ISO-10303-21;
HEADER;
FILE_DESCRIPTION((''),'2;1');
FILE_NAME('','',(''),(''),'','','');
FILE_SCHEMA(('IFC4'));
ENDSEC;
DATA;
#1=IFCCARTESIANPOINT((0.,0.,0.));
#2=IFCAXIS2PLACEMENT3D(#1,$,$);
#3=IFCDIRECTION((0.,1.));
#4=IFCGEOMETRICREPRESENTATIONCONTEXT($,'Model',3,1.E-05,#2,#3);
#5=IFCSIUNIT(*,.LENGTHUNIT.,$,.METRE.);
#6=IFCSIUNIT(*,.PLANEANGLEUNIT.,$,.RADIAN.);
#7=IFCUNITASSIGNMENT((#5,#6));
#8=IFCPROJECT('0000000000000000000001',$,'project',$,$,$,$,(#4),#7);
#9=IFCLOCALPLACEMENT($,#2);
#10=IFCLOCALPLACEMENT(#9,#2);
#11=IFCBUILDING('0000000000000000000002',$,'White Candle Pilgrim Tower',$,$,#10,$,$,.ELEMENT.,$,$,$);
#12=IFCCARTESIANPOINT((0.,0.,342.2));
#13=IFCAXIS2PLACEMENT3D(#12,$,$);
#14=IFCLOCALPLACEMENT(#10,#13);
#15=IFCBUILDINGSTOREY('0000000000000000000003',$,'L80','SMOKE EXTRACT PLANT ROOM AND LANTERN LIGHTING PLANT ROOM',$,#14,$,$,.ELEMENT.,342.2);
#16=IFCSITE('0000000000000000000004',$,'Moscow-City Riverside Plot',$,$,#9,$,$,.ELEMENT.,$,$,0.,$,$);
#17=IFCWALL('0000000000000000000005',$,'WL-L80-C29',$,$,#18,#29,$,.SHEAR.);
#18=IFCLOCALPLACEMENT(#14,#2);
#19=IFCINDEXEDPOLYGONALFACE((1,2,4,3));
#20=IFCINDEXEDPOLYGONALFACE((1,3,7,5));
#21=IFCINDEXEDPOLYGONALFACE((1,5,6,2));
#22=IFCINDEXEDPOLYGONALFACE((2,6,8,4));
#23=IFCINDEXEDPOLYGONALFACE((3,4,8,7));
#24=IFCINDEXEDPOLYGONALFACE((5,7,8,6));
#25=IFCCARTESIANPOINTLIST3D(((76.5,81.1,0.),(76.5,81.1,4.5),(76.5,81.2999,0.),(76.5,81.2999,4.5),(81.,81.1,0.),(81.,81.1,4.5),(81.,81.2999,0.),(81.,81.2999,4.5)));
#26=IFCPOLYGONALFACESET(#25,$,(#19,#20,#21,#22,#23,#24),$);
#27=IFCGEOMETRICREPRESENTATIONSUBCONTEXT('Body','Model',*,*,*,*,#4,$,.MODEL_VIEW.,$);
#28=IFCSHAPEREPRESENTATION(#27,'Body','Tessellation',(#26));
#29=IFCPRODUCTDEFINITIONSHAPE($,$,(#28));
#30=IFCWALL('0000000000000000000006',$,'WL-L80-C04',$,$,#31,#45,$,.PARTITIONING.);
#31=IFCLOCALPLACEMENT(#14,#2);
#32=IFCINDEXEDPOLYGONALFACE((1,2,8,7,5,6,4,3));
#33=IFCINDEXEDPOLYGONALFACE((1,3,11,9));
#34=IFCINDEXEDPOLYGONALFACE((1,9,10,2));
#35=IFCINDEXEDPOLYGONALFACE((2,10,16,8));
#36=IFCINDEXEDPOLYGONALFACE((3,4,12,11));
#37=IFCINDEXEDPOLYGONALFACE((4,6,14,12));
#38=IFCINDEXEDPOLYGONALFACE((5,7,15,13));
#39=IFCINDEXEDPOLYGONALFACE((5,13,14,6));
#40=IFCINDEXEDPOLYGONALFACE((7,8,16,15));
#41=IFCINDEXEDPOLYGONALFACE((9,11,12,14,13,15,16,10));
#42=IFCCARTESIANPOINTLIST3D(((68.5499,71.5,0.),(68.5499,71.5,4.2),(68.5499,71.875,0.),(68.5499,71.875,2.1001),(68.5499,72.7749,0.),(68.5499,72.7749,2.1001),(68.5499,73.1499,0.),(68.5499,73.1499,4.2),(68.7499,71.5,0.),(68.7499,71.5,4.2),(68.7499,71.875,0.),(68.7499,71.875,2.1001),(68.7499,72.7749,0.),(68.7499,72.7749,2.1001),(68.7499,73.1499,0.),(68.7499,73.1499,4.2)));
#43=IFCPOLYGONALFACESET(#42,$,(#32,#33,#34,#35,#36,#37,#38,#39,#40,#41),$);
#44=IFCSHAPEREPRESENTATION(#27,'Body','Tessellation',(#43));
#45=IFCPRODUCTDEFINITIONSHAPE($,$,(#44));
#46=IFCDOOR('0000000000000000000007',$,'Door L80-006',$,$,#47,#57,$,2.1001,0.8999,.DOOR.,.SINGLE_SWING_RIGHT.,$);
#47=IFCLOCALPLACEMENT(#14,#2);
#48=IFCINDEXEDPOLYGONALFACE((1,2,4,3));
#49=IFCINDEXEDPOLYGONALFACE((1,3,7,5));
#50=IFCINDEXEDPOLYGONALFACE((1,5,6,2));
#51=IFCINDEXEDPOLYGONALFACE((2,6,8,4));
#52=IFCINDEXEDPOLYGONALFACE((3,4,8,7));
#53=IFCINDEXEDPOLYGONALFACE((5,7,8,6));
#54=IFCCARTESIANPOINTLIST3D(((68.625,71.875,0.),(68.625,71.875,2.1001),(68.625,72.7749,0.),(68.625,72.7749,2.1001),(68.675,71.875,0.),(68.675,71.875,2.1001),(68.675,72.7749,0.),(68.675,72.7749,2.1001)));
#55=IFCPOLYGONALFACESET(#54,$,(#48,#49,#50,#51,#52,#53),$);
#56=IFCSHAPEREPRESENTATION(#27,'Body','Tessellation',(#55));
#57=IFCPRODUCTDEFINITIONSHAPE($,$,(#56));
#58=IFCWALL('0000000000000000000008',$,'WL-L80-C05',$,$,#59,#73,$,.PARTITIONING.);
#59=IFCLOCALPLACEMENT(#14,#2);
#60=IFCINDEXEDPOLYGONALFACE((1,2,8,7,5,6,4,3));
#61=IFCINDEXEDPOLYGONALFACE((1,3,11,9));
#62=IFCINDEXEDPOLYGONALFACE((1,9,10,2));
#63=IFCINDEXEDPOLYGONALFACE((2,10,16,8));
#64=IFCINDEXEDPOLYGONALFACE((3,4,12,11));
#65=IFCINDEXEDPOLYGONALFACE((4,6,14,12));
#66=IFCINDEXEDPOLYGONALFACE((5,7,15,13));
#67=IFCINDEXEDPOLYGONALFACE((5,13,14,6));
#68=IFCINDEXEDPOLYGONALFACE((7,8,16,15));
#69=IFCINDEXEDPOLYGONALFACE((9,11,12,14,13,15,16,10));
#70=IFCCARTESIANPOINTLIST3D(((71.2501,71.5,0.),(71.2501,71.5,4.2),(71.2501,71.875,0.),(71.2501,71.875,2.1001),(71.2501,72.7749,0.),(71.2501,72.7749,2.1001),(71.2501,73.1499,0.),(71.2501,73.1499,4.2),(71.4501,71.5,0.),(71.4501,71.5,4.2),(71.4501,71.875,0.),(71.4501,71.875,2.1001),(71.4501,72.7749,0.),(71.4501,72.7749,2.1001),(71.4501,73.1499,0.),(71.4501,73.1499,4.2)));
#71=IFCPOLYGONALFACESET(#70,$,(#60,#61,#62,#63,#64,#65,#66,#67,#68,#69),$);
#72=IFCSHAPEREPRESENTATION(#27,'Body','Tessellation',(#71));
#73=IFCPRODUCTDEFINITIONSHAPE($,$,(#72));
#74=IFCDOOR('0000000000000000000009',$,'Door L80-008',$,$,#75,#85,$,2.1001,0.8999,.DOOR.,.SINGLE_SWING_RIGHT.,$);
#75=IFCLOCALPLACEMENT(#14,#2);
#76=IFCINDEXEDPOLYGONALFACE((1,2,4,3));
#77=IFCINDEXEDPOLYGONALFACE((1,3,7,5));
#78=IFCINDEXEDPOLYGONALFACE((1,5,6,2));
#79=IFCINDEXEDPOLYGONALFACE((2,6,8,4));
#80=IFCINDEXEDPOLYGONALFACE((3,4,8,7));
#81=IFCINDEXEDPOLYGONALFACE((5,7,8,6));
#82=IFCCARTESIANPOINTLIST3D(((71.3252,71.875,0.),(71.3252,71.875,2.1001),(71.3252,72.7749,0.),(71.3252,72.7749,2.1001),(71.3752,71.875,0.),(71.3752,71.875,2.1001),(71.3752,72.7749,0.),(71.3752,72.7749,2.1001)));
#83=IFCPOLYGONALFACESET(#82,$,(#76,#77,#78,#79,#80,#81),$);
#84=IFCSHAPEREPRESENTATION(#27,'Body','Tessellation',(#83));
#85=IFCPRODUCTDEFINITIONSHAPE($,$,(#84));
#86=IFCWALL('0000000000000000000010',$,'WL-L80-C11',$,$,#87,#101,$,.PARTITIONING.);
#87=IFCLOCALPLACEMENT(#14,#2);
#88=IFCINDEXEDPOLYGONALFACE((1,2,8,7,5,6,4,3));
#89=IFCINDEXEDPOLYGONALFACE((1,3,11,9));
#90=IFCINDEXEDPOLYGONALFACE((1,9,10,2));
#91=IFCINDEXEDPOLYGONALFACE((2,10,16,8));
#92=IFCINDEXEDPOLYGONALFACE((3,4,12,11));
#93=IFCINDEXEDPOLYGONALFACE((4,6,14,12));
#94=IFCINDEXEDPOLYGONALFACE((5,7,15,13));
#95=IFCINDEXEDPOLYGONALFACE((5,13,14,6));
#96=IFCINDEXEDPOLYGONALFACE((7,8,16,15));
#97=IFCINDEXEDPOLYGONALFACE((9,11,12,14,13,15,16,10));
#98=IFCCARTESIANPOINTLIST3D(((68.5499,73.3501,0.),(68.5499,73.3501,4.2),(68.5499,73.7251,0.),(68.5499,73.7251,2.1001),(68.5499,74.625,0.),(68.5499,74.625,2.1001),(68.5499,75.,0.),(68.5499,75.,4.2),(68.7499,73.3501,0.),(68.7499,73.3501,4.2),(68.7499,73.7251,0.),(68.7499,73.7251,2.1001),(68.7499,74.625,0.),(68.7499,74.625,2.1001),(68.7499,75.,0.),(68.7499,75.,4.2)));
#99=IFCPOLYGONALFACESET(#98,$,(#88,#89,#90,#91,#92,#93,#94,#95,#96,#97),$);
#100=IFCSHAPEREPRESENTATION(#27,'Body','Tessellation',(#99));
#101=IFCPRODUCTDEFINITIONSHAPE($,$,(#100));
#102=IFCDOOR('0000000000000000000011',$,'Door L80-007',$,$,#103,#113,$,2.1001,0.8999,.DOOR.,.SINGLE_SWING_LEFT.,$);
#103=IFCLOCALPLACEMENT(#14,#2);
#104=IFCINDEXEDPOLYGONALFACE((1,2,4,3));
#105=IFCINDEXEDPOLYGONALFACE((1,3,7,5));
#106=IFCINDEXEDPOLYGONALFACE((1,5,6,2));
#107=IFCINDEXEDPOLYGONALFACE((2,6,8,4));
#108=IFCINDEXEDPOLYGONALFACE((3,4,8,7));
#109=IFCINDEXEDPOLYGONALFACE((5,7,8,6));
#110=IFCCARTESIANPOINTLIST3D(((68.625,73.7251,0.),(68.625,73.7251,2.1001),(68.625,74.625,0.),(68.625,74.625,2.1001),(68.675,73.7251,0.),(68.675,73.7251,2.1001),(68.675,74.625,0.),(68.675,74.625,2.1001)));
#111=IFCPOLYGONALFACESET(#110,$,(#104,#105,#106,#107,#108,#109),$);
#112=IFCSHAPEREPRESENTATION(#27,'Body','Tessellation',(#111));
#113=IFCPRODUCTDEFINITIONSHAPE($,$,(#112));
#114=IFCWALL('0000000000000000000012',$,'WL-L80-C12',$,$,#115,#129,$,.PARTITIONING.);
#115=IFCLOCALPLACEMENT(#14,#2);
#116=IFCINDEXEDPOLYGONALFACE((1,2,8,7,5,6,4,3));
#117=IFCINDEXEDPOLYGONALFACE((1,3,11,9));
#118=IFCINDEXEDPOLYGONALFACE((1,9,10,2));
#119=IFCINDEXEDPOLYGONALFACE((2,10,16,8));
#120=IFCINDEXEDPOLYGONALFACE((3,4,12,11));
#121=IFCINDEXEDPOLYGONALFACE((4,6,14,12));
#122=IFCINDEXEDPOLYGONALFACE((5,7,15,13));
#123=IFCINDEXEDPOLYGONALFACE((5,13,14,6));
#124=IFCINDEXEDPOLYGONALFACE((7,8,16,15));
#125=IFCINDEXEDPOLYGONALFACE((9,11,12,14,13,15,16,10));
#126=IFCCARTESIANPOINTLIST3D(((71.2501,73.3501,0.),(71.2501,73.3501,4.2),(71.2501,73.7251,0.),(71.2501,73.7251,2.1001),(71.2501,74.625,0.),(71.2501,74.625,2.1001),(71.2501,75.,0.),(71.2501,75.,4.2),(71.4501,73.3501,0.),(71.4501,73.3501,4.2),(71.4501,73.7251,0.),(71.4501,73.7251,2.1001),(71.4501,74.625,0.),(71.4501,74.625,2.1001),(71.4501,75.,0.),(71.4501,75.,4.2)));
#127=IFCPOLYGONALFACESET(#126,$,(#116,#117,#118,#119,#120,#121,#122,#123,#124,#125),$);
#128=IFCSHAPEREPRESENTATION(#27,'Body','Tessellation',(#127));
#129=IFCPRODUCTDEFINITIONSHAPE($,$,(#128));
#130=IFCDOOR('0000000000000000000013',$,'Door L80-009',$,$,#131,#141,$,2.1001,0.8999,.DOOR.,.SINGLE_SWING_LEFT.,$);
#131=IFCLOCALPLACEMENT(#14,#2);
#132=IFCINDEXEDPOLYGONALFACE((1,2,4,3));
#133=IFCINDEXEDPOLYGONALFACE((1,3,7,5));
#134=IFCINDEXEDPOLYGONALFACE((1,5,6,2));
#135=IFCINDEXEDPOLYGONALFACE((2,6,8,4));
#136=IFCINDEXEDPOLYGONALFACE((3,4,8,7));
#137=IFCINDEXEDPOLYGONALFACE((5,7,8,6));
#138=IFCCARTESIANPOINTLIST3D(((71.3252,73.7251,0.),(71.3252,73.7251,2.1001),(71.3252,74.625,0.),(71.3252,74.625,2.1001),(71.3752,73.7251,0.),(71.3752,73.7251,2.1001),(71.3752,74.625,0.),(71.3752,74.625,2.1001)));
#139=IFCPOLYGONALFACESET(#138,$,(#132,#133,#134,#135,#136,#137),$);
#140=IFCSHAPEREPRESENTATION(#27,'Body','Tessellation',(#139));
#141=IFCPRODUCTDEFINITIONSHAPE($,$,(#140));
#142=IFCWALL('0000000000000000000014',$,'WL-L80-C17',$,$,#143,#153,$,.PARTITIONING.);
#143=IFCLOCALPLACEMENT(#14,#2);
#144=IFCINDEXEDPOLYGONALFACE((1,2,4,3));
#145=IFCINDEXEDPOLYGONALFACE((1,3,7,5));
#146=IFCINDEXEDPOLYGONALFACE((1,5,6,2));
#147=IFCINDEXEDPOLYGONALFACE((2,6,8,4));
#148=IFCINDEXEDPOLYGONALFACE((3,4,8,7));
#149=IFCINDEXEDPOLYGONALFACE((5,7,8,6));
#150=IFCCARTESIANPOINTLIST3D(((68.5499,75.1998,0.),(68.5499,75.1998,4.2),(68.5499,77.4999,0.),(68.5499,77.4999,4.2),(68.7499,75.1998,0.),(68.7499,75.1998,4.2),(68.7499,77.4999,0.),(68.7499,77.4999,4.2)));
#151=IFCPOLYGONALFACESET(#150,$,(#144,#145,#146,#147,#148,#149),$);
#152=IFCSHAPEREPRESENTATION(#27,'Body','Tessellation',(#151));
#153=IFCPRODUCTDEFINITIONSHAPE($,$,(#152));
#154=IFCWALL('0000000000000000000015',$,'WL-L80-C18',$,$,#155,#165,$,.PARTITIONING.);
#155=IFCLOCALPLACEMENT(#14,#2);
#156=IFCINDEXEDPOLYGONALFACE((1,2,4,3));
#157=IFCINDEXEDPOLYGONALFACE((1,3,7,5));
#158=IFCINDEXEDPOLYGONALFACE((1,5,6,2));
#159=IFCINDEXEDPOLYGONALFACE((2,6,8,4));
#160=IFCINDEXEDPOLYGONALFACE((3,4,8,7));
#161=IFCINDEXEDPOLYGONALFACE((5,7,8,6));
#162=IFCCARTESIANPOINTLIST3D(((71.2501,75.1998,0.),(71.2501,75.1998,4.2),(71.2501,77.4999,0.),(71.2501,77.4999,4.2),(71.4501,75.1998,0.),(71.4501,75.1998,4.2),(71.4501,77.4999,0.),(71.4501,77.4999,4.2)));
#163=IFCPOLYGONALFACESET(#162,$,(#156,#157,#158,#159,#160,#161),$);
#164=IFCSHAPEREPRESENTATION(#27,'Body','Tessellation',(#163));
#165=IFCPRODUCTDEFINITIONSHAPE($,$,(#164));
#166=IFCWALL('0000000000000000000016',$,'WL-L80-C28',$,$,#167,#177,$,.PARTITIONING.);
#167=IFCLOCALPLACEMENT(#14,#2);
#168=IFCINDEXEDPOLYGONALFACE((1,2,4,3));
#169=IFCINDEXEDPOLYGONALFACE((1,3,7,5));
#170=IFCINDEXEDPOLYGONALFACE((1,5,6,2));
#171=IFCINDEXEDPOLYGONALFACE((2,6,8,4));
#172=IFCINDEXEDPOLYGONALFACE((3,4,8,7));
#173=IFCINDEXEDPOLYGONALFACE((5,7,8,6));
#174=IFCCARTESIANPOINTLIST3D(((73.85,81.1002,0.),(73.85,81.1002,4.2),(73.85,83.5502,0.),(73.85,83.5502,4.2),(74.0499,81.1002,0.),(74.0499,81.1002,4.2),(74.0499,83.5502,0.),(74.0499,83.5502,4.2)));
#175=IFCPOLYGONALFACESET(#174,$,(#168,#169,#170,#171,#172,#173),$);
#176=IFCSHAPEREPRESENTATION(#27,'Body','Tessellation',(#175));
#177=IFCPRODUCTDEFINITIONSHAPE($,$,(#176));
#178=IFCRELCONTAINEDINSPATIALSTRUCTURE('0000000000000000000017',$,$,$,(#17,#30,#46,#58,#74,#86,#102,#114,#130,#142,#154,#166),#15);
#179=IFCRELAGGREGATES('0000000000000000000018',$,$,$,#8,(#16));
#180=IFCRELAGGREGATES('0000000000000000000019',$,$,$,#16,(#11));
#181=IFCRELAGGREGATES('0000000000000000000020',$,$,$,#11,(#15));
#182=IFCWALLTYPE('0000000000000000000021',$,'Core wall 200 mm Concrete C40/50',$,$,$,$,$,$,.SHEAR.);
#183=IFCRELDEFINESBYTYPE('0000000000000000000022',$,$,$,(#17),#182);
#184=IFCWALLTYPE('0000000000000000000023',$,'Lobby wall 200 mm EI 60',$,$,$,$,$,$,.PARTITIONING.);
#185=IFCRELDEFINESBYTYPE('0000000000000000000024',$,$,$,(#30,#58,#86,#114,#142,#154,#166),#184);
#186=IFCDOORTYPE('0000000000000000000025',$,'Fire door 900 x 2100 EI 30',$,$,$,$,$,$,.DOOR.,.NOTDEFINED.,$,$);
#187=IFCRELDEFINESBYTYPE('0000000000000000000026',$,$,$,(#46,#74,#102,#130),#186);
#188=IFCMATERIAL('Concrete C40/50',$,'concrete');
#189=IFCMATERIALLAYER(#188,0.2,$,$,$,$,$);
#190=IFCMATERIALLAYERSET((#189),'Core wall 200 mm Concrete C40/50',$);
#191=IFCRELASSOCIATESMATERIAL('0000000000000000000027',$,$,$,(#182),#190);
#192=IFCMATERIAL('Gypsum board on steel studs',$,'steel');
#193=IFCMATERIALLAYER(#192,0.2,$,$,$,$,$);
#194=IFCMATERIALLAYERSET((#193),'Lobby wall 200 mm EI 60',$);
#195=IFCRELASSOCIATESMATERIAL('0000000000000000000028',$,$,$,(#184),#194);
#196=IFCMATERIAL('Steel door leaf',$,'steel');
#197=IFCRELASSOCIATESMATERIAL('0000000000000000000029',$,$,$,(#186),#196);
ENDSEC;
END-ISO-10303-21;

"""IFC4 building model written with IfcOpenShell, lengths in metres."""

from ifc_helpers import new_model, si_unit, direction, frame, frame_2d, origin, place, context, subcontext, project, spatial, rectangle, extrude, material, layer, layer_set, type_object, element, fill, save


model = new_model("IFC4")

# Units and contexts
model_context = context("Model", 3, precision=1e-05, world=origin(), true_north=direction((0.0, 1.0)))
body_context = subcontext(model_context, "Body", "Model", "MODEL_VIEW")
ifc_project = project(units=[si_unit("LENGTHUNIT", "METRE"), si_unit("PLANEANGLEUNIT", "RADIAN")], contexts=[model_context])

# Site, building, storey
site_placement = place(None, origin())
site = spatial("IfcSite", under=ifc_project, at=site_placement, Name="Moscow-City Riverside Plot", CompositionType="ELEMENT", RefElevation=0.0)
building_placement = place(site_placement, origin())
building = spatial("IfcBuilding", under=site, at=building_placement, Name="White Candle Pilgrim Tower", CompositionType="ELEMENT")
storey_placement = place(building_placement, frame((0.0, 0.0, 342.2)))
storey = spatial("IfcBuildingStorey", under=building, at=storey_placement, Name="L80", Description="SMOKE EXTRACT PLANT ROOM AND LANTERN LIGHTING PLANT ROOM", CompositionType="ELEMENT", Elevation=342.2)

# Wall
ifc_material_1 = material(Name="Concrete C40/50", Category="concrete")
ifc_layer_1 = layer(ifc_material_1, 0.2)
ifc_layer_set_1 = layer_set([ifc_layer_1], Name="Core wall 200 mm Concrete C40/50")
wall_type_1 = type_object("IfcWallType", Name="Core wall 200 mm Concrete C40/50", PredefinedType="SHEAR", material=ifc_layer_set_1)
wall_1_placement = place(storey_placement, frame((76.5, 81.2, 0.0), z_axis=(0.0, 0.0, 1.0), x_axis=(1.0, 0.0, 0.0)))
element("IfcWall", 1, at=wall_1_placement, inside=storey, type_object=wall_type_1, Name="WL-L80-C29", PredefinedType="SHEAR", context=body_context, shape_type="SweptSolid", body=[
    extrude(rectangle(XDim=4.5, YDim=0.2, at=frame_2d((2.25, 0.0))), origin(), (0.0, 0.0, 1.0), 4.5),
])

# Walls, openings, doors
ifc_material_2 = material(Name="Gypsum board on steel studs", Category="steel")
ifc_layer_2 = layer(ifc_material_2, 0.2)
ifc_layer_set_2 = layer_set([ifc_layer_2], Name="Lobby wall 200 mm EI 60")
wall_type_2 = type_object("IfcWallType", Name="Lobby wall 200 mm EI 60", PredefinedType="PARTITIONING", material=ifc_layer_set_2)
wall_2_placement = place(storey_placement, frame((68.6499, 71.5, 0.0), z_axis=(0.0, 0.0, 1.0), x_axis=(0.0, 1.0, 0.0)))
wall_2 = element("IfcWall", 2, at=wall_2_placement, inside=storey, type_object=wall_type_2, Name="WL-L80-C04", PredefinedType="PARTITIONING", context=body_context, shape_type="SweptSolid", body=[
    extrude(rectangle(XDim=1.6499, YDim=0.2, at=frame_2d((0.825, 0.0))), origin(), (0.0, 0.0, 1.0), 4.2),
])
opening_1_placement = place(wall_2_placement, frame((0.375, 0.0, 0.0)))
opening_1 = element("IfcOpeningElement", 3, at=opening_1_placement, cuts=wall_2, PredefinedType="OPENING", context=body_context, shape_type="SweptSolid", body=[
    extrude(rectangle(XDim=0.8999, YDim=2.1001, at=frame_2d((0.45, 1.05))), frame((0.0, 0.1099, 0.0), z_axis=(0.0, -1.0, 0.0), x_axis=(1.0, 0.0, 0.0)), (0.0, 0.0, 1.0), 0.22),
])
ifc_material_3 = material(Name="Steel door leaf", Category="steel")
door_type_1 = type_object("IfcDoorType", Name="Fire door 900 x 2100 EI 30", OperationType="NOTDEFINED", PredefinedType="DOOR", material=ifc_material_3)
door_1_placement = place(opening_1_placement, origin())
door_1 = element("IfcDoor", 4, at=door_1_placement, inside=storey, type_object=door_type_1, Name="Door L80-006", OperationType="SINGLE_SWING_RIGHT", OverallHeight=2.1001, OverallWidth=0.8999, PredefinedType="DOOR", context=body_context, shape_type="SweptSolid", body=[
    extrude(rectangle(XDim=0.8999, YDim=2.1001, at=frame_2d((0.45, 1.05))), frame((0.0, 0.0249, 0.0), z_axis=(0.0, -1.0, 0.0), x_axis=(1.0, 0.0, 0.0)), (0.0, 0.0, 1.0), 0.05),
])
fill(opening_1, door_1)
wall_3_placement = place(storey_placement, frame((71.3501, 71.5, 0.0), z_axis=(0.0, 0.0, 1.0), x_axis=(0.0, 1.0, 0.0)))
wall_3 = element("IfcWall", 5, at=wall_3_placement, inside=storey, type_object=wall_type_2, Name="WL-L80-C05", PredefinedType="PARTITIONING", context=body_context, shape_type="SweptSolid", body=[
    extrude(rectangle(XDim=1.6499, YDim=0.2, at=frame_2d((0.825, 0.0))), origin(), (0.0, 0.0, 1.0), 4.2),
])
opening_2_placement = place(wall_3_placement, frame((0.375, 0.0, 0.0)))
opening_2 = element("IfcOpeningElement", 6, at=opening_2_placement, cuts=wall_3, PredefinedType="OPENING", context=body_context, shape_type="SweptSolid", body=[
    extrude(rectangle(XDim=0.8999, YDim=2.1001, at=frame_2d((0.45, 1.05))), frame((0.0, 0.1099, 0.0), z_axis=(0.0, -1.0, 0.0), x_axis=(1.0, 0.0, 0.0)), (0.0, 0.0, 1.0), 0.22),
])
door_2_placement = place(opening_2_placement, origin())
door_2 = element("IfcDoor", 7, at=door_2_placement, inside=storey, type_object=door_type_1, Name="Door L80-008", OperationType="SINGLE_SWING_RIGHT", OverallHeight=2.1001, OverallWidth=0.8999, PredefinedType="DOOR", context=body_context, shape_type="SweptSolid", body=[
    extrude(rectangle(XDim=0.8999, YDim=2.1001, at=frame_2d((0.45, 1.05))), frame((0.0, 0.0249, 0.0), z_axis=(0.0, -1.0, 0.0), x_axis=(1.0, 0.0, 0.0)), (0.0, 0.0, 1.0), 0.05),
])
fill(opening_2, door_2)
wall_4_placement = place(storey_placement, frame((68.6499, 73.3501, 0.0), z_axis=(0.0, 0.0, 1.0), x_axis=(0.0, 1.0, 0.0)))
wall_4 = element("IfcWall", 8, at=wall_4_placement, inside=storey, type_object=wall_type_2, Name="WL-L80-C11", PredefinedType="PARTITIONING", context=body_context, shape_type="SweptSolid", body=[
    extrude(rectangle(XDim=1.6499, YDim=0.2, at=frame_2d((0.825, 0.0))), origin(), (0.0, 0.0, 1.0), 4.2),
])
opening_3_placement = place(wall_4_placement, frame((0.375, 0.0, 0.0)))
opening_3 = element("IfcOpeningElement", 9, at=opening_3_placement, cuts=wall_4, PredefinedType="OPENING", context=body_context, shape_type="SweptSolid", body=[
    extrude(rectangle(XDim=0.8999, YDim=2.1001, at=frame_2d((0.45, 1.05))), frame((0.0, 0.1099, 0.0), z_axis=(0.0, -1.0, 0.0), x_axis=(1.0, 0.0, 0.0)), (0.0, 0.0, 1.0), 0.22),
])
door_3_placement = place(opening_3_placement, origin())
door_3 = element("IfcDoor", 10, at=door_3_placement, inside=storey, type_object=door_type_1, Name="Door L80-007", OperationType="SINGLE_SWING_LEFT", OverallHeight=2.1001, OverallWidth=0.8999, PredefinedType="DOOR", context=body_context, shape_type="SweptSolid", body=[
    extrude(rectangle(XDim=0.8999, YDim=2.1001, at=frame_2d((0.45, 1.05))), frame((0.0, 0.0249, 0.0), z_axis=(0.0, -1.0, 0.0), x_axis=(1.0, 0.0, 0.0)), (0.0, 0.0, 1.0), 0.05),
])
fill(opening_3, door_3)
wall_5_placement = place(storey_placement, frame((71.3501, 73.3501, 0.0), z_axis=(0.0, 0.0, 1.0), x_axis=(0.0, 1.0, 0.0)))
wall_5 = element("IfcWall", 11, at=wall_5_placement, inside=storey, type_object=wall_type_2, Name="WL-L80-C12", PredefinedType="PARTITIONING", context=body_context, shape_type="SweptSolid", body=[
    extrude(rectangle(XDim=1.6499, YDim=0.2, at=frame_2d((0.825, 0.0))), origin(), (0.0, 0.0, 1.0), 4.2),
])
opening_4_placement = place(wall_5_placement, frame((0.375, 0.0, 0.0)))
opening_4 = element("IfcOpeningElement", 12, at=opening_4_placement, cuts=wall_5, PredefinedType="OPENING", context=body_context, shape_type="SweptSolid", body=[
    extrude(rectangle(XDim=0.8999, YDim=2.1001, at=frame_2d((0.45, 1.05))), frame((0.0, 0.1099, 0.0), z_axis=(0.0, -1.0, 0.0), x_axis=(1.0, 0.0, 0.0)), (0.0, 0.0, 1.0), 0.22),
])
door_4_placement = place(opening_4_placement, origin())
door_4 = element("IfcDoor", 13, at=door_4_placement, inside=storey, type_object=door_type_1, Name="Door L80-009", OperationType="SINGLE_SWING_LEFT", OverallHeight=2.1001, OverallWidth=0.8999, PredefinedType="DOOR", context=body_context, shape_type="SweptSolid", body=[
    extrude(rectangle(XDim=0.8999, YDim=2.1001, at=frame_2d((0.45, 1.05))), frame((0.0, 0.0249, 0.0), z_axis=(0.0, -1.0, 0.0), x_axis=(1.0, 0.0, 0.0)), (0.0, 0.0, 1.0), 0.05),
])
fill(opening_4, door_4)

# Walls
for number, where, z_axis, x_axis, name in (
    (14, (68.6499, 75.2, 0.0), (0.0, 0.0, 1.0), (0.0, 1.0, 0.0), "WL-L80-C17"),
    (15, (71.3501, 75.2, 0.0), (0.0, 0.0, 1.0), (0.0, 1.0, 0.0), "WL-L80-C18"),
):
    element("IfcWall", number, at=place(storey_placement, frame(where, z_axis=z_axis, x_axis=x_axis)), inside=storey, type_object=wall_type_2, Name=name, PredefinedType="PARTITIONING", context=body_context, shape_type="SweptSolid", body=[
        extrude(rectangle(XDim=2.3, YDim=0.2, at=frame_2d((1.1499, 0.0))), origin(), (0.0, 0.0, 1.0), 4.2),
    ])
wall_6_placement = place(storey_placement, frame((73.95, 81.1001, 0.0), z_axis=(0.0, 0.0, 1.0), x_axis=(0.0, 1.0, 0.0)))
element("IfcWall", 16, at=wall_6_placement, inside=storey, type_object=wall_type_2, Name="WL-L80-C28", PredefinedType="PARTITIONING", context=body_context, shape_type="SweptSolid", body=[
    extrude(rectangle(XDim=2.45, YDim=0.2, at=frame_2d((1.2251, 0.0))), origin(), (0.0, 0.0, 1.0), 4.2),
])

save(model, "model.ifc")
